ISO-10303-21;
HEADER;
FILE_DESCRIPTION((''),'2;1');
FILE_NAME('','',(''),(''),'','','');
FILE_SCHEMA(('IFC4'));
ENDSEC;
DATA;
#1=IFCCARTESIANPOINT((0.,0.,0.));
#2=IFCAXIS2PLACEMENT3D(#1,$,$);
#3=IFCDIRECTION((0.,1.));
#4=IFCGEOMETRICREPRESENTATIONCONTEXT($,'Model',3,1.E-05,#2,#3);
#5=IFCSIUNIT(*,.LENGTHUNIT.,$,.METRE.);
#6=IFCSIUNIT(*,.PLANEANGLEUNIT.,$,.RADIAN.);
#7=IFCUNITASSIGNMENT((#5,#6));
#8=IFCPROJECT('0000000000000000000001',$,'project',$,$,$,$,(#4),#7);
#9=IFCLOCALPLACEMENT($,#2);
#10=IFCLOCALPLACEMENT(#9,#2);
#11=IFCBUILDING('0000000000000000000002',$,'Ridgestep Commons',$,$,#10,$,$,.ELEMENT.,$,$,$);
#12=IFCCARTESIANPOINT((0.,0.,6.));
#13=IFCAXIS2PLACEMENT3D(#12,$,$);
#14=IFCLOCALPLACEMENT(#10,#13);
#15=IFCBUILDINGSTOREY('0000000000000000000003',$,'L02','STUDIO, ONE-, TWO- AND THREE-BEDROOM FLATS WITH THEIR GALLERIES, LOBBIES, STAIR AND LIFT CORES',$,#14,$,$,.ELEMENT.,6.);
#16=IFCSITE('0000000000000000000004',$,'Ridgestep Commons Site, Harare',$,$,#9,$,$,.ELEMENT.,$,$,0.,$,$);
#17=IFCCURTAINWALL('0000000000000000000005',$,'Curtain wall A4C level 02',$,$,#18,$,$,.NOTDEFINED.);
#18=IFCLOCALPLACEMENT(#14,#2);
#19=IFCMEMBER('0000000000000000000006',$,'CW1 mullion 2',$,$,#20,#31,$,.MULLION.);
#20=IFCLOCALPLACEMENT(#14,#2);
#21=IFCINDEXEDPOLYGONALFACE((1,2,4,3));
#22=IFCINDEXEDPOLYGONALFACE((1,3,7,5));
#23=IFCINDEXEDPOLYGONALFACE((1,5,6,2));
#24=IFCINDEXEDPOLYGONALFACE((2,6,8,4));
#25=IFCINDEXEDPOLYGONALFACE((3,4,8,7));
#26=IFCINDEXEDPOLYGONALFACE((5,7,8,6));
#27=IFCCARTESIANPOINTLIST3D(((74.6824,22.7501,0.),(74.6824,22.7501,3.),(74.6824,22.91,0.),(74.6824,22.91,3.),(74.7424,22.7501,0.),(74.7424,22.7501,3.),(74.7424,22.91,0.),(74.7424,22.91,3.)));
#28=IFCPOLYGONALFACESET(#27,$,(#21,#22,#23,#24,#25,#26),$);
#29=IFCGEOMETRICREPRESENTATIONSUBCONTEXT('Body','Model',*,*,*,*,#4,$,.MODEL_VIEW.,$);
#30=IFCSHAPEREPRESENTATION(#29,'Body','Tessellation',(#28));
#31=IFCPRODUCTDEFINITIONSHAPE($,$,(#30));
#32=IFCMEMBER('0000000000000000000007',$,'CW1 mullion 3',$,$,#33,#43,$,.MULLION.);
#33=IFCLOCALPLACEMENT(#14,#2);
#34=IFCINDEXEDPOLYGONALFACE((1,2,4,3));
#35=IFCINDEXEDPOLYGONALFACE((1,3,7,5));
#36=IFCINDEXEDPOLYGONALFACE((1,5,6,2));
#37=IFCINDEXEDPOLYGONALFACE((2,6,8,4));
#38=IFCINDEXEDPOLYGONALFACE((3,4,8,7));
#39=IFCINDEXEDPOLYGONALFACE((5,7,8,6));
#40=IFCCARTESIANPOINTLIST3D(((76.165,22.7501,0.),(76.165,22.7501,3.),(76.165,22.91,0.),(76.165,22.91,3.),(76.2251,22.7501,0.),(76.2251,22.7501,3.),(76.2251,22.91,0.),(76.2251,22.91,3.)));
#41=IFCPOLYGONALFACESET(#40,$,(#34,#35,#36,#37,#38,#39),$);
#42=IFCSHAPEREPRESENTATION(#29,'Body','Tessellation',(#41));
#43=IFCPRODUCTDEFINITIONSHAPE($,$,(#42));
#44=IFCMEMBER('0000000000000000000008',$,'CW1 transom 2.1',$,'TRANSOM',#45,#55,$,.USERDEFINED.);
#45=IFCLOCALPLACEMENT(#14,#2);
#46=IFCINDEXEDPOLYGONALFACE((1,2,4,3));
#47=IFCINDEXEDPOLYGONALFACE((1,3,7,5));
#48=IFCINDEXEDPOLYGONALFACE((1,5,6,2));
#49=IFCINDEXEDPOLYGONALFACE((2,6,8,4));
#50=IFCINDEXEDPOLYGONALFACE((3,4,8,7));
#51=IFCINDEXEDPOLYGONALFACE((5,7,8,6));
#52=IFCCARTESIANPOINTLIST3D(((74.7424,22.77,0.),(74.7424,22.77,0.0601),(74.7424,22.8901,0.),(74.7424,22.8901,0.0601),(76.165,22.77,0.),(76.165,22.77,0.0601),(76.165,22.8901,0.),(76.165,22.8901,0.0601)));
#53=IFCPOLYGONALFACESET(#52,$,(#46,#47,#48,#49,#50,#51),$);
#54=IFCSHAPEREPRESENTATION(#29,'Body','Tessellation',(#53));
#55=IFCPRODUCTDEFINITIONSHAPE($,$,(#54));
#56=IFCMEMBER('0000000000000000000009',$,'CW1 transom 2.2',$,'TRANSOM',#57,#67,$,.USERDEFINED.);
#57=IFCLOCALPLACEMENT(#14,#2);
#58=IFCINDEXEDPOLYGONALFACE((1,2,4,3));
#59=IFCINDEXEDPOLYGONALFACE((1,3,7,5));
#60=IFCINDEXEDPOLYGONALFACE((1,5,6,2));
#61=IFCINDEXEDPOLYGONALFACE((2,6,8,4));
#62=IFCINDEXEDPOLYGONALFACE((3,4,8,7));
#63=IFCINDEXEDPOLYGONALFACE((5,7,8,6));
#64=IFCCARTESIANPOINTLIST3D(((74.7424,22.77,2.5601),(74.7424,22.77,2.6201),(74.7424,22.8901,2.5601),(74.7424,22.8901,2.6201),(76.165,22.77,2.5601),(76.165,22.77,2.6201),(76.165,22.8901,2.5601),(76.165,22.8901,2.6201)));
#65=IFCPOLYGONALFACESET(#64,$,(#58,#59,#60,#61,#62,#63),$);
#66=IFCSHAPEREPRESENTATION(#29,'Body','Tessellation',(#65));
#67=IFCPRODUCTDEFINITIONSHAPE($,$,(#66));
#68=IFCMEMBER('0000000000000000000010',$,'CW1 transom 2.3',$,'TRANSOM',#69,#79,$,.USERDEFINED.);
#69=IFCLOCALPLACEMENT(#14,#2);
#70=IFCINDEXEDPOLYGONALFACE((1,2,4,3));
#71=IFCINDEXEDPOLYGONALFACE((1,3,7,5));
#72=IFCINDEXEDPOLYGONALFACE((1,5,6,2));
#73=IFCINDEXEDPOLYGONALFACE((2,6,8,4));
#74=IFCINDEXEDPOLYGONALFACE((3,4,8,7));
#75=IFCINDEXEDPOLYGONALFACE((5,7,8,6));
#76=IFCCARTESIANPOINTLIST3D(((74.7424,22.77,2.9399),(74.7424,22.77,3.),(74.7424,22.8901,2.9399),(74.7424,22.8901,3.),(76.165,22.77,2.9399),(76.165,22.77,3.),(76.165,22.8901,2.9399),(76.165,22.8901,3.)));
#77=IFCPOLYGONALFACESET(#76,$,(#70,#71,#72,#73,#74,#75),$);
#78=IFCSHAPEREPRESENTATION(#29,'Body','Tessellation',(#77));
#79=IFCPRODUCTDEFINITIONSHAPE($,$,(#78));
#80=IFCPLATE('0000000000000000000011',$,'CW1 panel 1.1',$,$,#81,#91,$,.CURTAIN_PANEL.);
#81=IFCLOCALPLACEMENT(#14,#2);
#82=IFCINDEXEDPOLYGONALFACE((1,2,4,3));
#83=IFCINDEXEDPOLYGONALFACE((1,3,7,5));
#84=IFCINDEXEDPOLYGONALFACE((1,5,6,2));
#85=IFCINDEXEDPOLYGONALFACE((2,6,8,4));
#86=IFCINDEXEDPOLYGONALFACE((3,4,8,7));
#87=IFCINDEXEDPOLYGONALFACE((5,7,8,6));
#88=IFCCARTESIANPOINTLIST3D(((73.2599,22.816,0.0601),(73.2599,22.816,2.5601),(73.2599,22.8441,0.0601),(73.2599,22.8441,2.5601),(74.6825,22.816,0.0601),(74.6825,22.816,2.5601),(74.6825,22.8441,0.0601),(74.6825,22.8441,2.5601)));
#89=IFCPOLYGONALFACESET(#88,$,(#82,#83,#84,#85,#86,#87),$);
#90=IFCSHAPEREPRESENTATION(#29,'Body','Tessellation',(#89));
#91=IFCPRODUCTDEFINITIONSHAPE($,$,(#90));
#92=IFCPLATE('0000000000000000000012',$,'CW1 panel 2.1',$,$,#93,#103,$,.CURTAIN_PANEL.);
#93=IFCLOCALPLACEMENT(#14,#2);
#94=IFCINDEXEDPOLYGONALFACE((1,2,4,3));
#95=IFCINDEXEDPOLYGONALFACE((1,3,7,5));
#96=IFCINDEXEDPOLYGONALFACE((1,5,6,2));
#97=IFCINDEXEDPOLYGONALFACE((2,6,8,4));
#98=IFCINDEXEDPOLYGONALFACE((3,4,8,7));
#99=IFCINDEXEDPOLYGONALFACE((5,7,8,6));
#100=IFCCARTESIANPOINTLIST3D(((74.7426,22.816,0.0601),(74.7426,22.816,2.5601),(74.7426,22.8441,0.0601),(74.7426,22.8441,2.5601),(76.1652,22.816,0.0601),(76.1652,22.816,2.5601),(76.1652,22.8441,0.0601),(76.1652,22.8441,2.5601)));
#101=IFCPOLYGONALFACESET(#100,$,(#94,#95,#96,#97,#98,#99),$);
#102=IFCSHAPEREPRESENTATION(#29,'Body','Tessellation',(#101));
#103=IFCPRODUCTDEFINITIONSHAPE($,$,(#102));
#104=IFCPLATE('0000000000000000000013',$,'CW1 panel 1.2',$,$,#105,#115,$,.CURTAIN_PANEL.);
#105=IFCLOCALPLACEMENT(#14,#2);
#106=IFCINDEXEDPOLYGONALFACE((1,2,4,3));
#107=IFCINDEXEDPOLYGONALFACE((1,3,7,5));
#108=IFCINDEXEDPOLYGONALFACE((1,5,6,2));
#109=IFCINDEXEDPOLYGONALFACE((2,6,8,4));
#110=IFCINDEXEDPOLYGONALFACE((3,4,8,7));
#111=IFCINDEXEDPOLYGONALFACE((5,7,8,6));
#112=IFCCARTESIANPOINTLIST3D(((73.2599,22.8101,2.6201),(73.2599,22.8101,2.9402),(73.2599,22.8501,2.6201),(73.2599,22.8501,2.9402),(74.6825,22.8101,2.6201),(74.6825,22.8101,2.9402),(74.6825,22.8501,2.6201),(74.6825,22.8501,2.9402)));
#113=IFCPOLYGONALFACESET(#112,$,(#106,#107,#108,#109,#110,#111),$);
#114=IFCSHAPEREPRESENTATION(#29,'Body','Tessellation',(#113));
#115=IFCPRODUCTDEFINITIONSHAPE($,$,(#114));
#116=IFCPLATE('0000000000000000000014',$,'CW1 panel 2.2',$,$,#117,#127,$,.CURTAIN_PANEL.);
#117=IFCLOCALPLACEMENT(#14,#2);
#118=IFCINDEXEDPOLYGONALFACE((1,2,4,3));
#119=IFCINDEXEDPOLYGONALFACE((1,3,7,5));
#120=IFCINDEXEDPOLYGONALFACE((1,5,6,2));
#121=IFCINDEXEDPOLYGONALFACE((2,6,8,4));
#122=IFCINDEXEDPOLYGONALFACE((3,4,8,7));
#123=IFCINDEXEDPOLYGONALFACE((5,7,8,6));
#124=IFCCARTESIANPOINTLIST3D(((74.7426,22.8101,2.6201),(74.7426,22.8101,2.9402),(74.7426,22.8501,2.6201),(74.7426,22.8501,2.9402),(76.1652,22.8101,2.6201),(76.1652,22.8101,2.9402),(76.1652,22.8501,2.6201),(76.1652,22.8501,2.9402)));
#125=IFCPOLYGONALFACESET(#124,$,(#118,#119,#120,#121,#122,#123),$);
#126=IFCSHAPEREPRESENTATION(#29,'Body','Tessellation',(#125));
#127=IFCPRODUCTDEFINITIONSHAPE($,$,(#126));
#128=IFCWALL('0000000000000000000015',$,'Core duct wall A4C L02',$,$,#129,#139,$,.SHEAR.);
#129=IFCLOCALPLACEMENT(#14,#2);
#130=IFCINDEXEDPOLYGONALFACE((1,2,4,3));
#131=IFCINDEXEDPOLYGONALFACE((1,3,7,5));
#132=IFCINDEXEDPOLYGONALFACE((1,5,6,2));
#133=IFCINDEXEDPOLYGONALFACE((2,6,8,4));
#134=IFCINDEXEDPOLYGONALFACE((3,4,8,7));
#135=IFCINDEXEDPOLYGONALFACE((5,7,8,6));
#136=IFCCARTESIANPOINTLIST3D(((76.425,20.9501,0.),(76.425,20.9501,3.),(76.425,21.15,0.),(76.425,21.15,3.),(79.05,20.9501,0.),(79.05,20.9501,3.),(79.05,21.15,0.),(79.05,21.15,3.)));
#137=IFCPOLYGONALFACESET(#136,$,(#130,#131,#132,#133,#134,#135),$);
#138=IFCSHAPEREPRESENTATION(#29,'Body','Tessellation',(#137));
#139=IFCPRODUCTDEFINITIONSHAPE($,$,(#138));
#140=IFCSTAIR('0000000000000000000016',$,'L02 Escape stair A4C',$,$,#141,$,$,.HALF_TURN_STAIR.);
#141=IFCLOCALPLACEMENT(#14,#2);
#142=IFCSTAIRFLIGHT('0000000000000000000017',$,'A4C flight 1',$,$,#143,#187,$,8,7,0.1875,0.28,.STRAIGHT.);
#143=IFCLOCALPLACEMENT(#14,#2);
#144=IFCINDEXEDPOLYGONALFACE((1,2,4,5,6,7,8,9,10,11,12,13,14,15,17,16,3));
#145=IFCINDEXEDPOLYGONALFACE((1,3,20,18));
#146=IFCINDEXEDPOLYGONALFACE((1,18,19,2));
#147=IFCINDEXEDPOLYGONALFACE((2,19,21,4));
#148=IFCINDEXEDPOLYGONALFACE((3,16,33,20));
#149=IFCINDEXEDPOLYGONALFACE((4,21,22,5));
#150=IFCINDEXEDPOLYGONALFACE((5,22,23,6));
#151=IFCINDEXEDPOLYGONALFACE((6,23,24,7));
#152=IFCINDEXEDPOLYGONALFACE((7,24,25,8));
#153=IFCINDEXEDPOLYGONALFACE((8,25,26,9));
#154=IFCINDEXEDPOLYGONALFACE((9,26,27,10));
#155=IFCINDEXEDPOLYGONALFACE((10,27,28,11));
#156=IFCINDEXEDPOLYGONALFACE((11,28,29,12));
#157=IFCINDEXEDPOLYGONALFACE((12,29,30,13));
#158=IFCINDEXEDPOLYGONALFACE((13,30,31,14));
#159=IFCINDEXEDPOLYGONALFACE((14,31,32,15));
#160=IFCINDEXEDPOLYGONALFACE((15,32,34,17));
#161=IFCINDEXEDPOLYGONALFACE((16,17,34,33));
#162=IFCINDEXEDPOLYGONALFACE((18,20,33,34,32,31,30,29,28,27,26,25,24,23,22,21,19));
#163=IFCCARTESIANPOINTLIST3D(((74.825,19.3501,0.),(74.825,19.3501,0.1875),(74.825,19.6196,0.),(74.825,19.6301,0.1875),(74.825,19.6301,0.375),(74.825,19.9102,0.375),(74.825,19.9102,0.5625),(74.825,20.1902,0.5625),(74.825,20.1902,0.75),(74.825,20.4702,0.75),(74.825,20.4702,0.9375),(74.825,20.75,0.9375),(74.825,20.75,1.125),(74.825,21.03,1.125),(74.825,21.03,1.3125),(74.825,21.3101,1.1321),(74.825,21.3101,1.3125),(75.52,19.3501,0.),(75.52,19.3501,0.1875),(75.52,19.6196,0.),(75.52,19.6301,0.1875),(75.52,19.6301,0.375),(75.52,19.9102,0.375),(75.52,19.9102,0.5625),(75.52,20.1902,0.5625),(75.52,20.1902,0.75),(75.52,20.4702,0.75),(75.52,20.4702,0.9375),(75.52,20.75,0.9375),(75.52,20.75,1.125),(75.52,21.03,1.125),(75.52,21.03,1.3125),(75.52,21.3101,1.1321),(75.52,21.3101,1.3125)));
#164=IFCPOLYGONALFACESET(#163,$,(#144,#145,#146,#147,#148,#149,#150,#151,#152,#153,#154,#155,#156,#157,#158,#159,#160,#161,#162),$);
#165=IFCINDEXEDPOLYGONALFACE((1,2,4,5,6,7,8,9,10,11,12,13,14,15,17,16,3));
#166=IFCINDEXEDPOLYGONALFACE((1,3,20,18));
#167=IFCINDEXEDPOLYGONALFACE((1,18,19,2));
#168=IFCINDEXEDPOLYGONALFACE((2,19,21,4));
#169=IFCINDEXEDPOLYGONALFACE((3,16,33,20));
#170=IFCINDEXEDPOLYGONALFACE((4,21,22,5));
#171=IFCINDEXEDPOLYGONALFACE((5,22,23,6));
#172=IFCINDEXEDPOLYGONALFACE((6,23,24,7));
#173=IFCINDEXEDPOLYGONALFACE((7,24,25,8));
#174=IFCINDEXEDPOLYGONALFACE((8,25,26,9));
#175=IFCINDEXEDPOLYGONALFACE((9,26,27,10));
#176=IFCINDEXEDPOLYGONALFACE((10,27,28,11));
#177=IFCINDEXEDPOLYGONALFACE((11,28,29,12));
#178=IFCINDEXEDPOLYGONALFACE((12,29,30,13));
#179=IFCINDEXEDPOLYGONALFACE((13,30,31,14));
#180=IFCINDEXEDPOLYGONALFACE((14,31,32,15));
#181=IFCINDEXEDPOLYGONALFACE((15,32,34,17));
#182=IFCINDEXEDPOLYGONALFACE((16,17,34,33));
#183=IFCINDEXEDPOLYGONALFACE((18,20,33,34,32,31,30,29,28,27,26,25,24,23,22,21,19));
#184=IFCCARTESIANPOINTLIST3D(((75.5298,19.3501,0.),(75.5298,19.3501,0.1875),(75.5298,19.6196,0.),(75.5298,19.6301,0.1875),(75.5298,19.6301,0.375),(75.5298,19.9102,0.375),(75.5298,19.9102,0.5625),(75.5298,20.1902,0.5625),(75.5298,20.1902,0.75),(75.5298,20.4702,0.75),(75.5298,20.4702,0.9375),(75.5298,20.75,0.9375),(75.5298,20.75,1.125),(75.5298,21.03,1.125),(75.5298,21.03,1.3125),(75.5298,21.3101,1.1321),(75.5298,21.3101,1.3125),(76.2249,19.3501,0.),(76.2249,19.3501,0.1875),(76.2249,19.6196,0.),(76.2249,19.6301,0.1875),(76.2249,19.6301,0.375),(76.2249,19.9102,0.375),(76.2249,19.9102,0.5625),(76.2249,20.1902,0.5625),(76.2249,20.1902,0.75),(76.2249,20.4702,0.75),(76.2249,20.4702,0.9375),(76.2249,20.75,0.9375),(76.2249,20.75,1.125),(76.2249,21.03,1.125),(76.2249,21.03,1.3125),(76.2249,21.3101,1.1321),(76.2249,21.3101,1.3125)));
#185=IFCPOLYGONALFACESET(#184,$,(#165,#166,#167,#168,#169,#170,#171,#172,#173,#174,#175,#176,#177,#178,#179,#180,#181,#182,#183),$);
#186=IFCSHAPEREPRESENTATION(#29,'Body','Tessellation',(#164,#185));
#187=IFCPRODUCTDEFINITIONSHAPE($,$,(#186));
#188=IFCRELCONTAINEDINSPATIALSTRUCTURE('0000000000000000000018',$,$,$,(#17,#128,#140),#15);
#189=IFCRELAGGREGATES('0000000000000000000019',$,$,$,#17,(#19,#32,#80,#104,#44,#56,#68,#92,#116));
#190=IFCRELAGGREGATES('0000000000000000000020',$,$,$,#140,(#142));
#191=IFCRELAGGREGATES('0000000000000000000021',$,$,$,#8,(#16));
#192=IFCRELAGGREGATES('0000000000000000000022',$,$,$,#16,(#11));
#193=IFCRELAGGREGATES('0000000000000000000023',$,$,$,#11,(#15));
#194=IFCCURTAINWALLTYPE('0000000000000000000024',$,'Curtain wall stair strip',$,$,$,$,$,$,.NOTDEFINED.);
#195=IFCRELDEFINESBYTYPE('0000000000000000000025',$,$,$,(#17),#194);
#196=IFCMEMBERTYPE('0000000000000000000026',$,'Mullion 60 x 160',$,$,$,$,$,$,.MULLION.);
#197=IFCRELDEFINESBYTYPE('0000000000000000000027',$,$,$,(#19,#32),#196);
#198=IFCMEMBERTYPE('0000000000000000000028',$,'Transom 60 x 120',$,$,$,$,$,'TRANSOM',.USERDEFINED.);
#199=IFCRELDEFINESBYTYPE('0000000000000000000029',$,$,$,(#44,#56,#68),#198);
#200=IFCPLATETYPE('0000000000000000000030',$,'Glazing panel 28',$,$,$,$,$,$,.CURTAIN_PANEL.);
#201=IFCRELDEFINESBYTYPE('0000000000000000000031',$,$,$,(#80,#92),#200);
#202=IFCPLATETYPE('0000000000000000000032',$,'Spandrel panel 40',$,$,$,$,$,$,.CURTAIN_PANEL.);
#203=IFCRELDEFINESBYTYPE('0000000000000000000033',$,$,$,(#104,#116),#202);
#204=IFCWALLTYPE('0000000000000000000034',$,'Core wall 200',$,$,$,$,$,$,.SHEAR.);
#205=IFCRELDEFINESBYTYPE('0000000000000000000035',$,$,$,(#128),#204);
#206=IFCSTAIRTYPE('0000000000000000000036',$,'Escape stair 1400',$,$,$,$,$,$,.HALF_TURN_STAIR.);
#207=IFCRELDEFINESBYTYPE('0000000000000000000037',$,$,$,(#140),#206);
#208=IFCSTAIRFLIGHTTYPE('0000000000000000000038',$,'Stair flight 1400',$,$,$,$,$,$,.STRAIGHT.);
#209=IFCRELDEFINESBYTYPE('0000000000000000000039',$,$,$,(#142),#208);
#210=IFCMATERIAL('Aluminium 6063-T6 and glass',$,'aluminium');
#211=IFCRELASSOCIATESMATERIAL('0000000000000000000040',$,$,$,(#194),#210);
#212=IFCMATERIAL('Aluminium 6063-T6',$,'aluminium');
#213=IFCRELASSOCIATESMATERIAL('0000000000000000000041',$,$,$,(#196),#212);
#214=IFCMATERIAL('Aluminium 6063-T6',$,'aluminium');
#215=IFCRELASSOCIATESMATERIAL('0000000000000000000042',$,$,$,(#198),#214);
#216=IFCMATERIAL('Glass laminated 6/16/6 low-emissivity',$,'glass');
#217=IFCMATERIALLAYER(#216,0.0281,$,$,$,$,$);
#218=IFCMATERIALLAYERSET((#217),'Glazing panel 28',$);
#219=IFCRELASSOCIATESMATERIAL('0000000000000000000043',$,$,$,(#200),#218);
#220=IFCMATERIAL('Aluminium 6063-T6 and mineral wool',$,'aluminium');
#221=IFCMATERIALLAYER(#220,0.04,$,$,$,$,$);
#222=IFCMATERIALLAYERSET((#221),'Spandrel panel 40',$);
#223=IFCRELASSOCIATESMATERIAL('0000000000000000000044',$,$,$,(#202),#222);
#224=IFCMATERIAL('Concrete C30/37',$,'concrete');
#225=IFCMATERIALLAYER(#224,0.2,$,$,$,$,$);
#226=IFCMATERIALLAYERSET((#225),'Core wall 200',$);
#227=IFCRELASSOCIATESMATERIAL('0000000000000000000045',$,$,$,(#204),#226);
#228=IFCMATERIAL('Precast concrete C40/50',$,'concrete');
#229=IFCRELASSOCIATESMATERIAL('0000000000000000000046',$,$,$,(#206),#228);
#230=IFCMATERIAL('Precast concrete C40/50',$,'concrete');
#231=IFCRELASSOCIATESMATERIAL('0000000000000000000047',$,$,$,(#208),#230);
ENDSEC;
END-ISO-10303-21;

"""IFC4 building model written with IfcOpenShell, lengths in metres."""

from ifc_helpers import new_model, si_unit, direction, frame, frame_2d, origin, origin_2d, place, context, subcontext, project, spatial, polyline, rectangle, outline, extrude, material, layer, layer_set, material_profile, profile_set, type_object, element, aggregate, save


model = new_model("IFC4")

# Units and contexts
model_context = context("Model", 3, precision=1e-05, world=origin(), true_north=direction((0.0, 1.0)))
body_context = subcontext(model_context, "Body", "Model", "MODEL_VIEW")
ifc_project = project(units=[si_unit("LENGTHUNIT", "METRE"), si_unit("PLANEANGLEUNIT", "RADIAN")], contexts=[model_context])

# Site, building, storey
site_placement = place(None, origin())
site = spatial("IfcSite", under=ifc_project, at=site_placement, Name="Ridgestep Commons Site, Harare", CompositionType="ELEMENT", RefElevation=0.0)
building_placement = place(site_placement, origin())
building = spatial("IfcBuilding", under=site, at=building_placement, Name="Ridgestep Commons", CompositionType="ELEMENT")
storey_placement = place(building_placement, frame((0.0, 0.0, 6.0)))
storey = spatial("IfcBuildingStorey", under=building, at=storey_placement, Name="L02", Description="STUDIO, ONE-, TWO- AND THREE-BEDROOM FLATS WITH THEIR GALLERIES, LOBBIES, STAIR AND LIFT CORES", CompositionType="ELEMENT", Elevation=6.0)

# Curtain wall, members, plates
ifc_material_1 = material(Name="Aluminium 6063-T6 and glass", Category="aluminium")
curtain_wall_type = type_object("IfcCurtainWallType", Name="Curtain wall stair strip", PredefinedType="NOTDEFINED", material=ifc_material_1)
curtain_wall_placement = place(storey_placement, origin())
curtain_wall = element("IfcCurtainWall", 1, at=curtain_wall_placement, inside=storey, type_object=curtain_wall_type, Name="Curtain wall A4C level 02", PredefinedType="NOTDEFINED")
ifc_material_2 = material(Name="Aluminium 6063-T6", Category="aluminium")
ifc_material_profile_1 = material_profile(ifc_material_2, rectangle(XDim=0.1599, YDim=0.0601, at=origin_2d()), Name="Mullion 60 x 160")
ifc_profile_set_1 = profile_set([ifc_material_profile_1], Name="Aluminium 6063-T6")
member_type_1 = type_object("IfcMemberType", Name="Mullion 60 x 160", PredefinedType="MULLION", material=ifc_profile_set_1)
member_1_placement = place(storey_placement, frame((74.7124, 22.8301, 0.0), z_axis=(0.0, 0.0, 1.0), x_axis=(0.0, 1.0, 0.0)))
member_1 = element("IfcMember", 2, at=member_1_placement, type_object=member_type_1, Name="CW1 mullion 2", PredefinedType="MULLION", context=body_context, shape_type="SweptSolid", body=[
    extrude(rectangle(XDim=0.1599, YDim=0.0601, at=origin_2d()), origin(), (0.0, 0.0, 1.0), 3.0),
])
member_2_placement = place(storey_placement, frame((76.1951, 22.8301, 0.0), z_axis=(0.0, 0.0, 1.0), x_axis=(0.0, 1.0, 0.0)))
member_2 = element("IfcMember", 3, at=member_2_placement, type_object=member_type_1, Name="CW1 mullion 3", PredefinedType="MULLION", context=body_context, shape_type="SweptSolid", body=[
    extrude(rectangle(XDim=0.1599, YDim=0.0601, at=origin_2d()), origin(), (0.0, 0.0, 1.0), 3.0),
])
ifc_material_3 = material(Name="Aluminium 6063-T6", Category="aluminium")
ifc_material_profile_2 = material_profile(ifc_material_3, rectangle(XDim=0.1201, YDim=0.0601, at=origin_2d()), Name="Transom 60 x 120")
ifc_profile_set_2 = profile_set([ifc_material_profile_2], Name="Aluminium 6063-T6")
member_type_2 = type_object("IfcMemberType", Name="Transom 60 x 120", ElementType="TRANSOM", PredefinedType="USERDEFINED", material=ifc_profile_set_2)
member_3_placement = place(storey_placement, frame((74.7424, 22.8301, 0.03), z_axis=(1.0, 0.0, 0.0), x_axis=(0.0, 1.0, 0.0)))
member_3 = element("IfcMember", 4, at=member_3_placement, type_object=member_type_2, Name="CW1 transom 2.1", ObjectType="TRANSOM", PredefinedType="USERDEFINED", context=body_context, shape_type="SweptSolid", body=[
    extrude(rectangle(XDim=0.1201, YDim=0.0601, at=origin_2d()), origin(), (0.0, 0.0, 1.0), 1.4226),
])
member_4_placement = place(storey_placement, frame((74.7424, 22.8301, 2.5901), z_axis=(1.0, 0.0, 0.0), x_axis=(0.0, 1.0, 0.0)))
member_4 = element("IfcMember", 5, at=member_4_placement, type_object=member_type_2, Name="CW1 transom 2.2", ObjectType="TRANSOM", PredefinedType="USERDEFINED", context=body_context, shape_type="SweptSolid", body=[
    extrude(rectangle(XDim=0.1201, YDim=0.0601, at=origin_2d()), origin(), (0.0, 0.0, 1.0), 1.4226),
])
member_5_placement = place(storey_placement, frame((74.7424, 22.8301, 2.97), z_axis=(1.0, 0.0, 0.0), x_axis=(0.0, 1.0, 0.0)))
member_5 = element("IfcMember", 6, at=member_5_placement, type_object=member_type_2, Name="CW1 transom 2.3", ObjectType="TRANSOM", PredefinedType="USERDEFINED", context=body_context, shape_type="SweptSolid", body=[
    extrude(rectangle(XDim=0.1201, YDim=0.0601, at=origin_2d()), origin(), (0.0, 0.0, 1.0), 1.4226),
])
ifc_material_4 = material(Name="Glass laminated 6/16/6 low-emissivity", Category="glass")
ifc_layer_1 = layer(ifc_material_4, 0.0281)
ifc_layer_set_1 = layer_set([ifc_layer_1], Name="Glazing panel 28")
plate_type_1 = type_object("IfcPlateType", Name="Glazing panel 28", PredefinedType="CURTAIN_PANEL", material=ifc_layer_set_1)
plate_1_placement = place(storey_placement, frame((73.9712, 22.8301, 0.0601), z_axis=(0.0, 0.0, 1.0), x_axis=(1.0, 0.0, 0.0)))
plate_1 = element("IfcPlate", 7, at=plate_1_placement, type_object=plate_type_1, Name="CW1 panel 1.1", PredefinedType="CURTAIN_PANEL", context=body_context, shape_type="SweptSolid", body=[
    extrude(rectangle(XDim=1.4226, YDim=0.0281, at=origin_2d()), origin(), (0.0, 0.0, 1.0), 2.5),
])
plate_2_placement = place(storey_placement, frame((75.4539, 22.8301, 0.0601), z_axis=(0.0, 0.0, 1.0), x_axis=(1.0, 0.0, 0.0)))
plate_2 = element("IfcPlate", 8, at=plate_2_placement, type_object=plate_type_1, Name="CW1 panel 2.1", PredefinedType="CURTAIN_PANEL", context=body_context, shape_type="SweptSolid", body=[
    extrude(rectangle(XDim=1.4226, YDim=0.0281, at=origin_2d()), origin(), (0.0, 0.0, 1.0), 2.5),
])
ifc_material_5 = material(Name="Aluminium 6063-T6 and mineral wool", Category="aluminium")
ifc_layer_2 = layer(ifc_material_5, 0.04)
ifc_layer_set_2 = layer_set([ifc_layer_2], Name="Spandrel panel 40")
plate_type_2 = type_object("IfcPlateType", Name="Spandrel panel 40", PredefinedType="CURTAIN_PANEL", material=ifc_layer_set_2)
plate_3_placement = place(storey_placement, frame((73.9712, 22.8301, 2.6201), z_axis=(0.0, 0.0, 1.0), x_axis=(1.0, 0.0, 0.0)))
plate_3 = element("IfcPlate", 9, at=plate_3_placement, type_object=plate_type_2, Name="CW1 panel 1.2", PredefinedType="CURTAIN_PANEL", context=body_context, shape_type="SweptSolid", body=[
    extrude(rectangle(XDim=1.4226, YDim=0.04, at=origin_2d()), origin(), (0.0, 0.0, 1.0), 0.3201),
])
plate_4_placement = place(storey_placement, frame((75.4539, 22.8301, 2.6201), z_axis=(0.0, 0.0, 1.0), x_axis=(1.0, 0.0, 0.0)))
plate_4 = element("IfcPlate", 10, at=plate_4_placement, type_object=plate_type_2, Name="CW1 panel 2.2", PredefinedType="CURTAIN_PANEL", context=body_context, shape_type="SweptSolid", body=[
    extrude(rectangle(XDim=1.4226, YDim=0.04, at=origin_2d()), origin(), (0.0, 0.0, 1.0), 0.3201),
])
aggregate(curtain_wall, [member_1, member_2, plate_1, plate_3, member_3, member_4, member_5, plate_2, plate_4])

# Wall
ifc_material_6 = material(Name="Concrete C30/37", Category="concrete")
ifc_layer_3 = layer(ifc_material_6, 0.2)
ifc_layer_set_3 = layer_set([ifc_layer_3], Name="Core wall 200")
wall_type = type_object("IfcWallType", Name="Core wall 200", PredefinedType="SHEAR", material=ifc_layer_set_3)
wall_placement = place(storey_placement, frame((76.425, 21.05, 0.0), z_axis=(0.0, 0.0, 1.0), x_axis=(1.0, 0.0, 0.0)))
element("IfcWall", 11, at=wall_placement, inside=storey, type_object=wall_type, Name="Core duct wall A4C L02", PredefinedType="SHEAR", context=body_context, shape_type="SweptSolid", body=[
    extrude(rectangle(XDim=2.625, YDim=0.2, at=frame_2d((1.3125, 0.0))), origin(), (0.0, 0.0, 1.0), 3.0),
])

# Stair, stair flight
ifc_material_7 = material(Name="Precast concrete C40/50", Category="concrete")
stair_type = type_object("IfcStairType", Name="Escape stair 1400", PredefinedType="HALF_TURN_STAIR", material=ifc_material_7)
stair_placement = place(storey_placement, origin())
stair = element("IfcStair", 12, at=stair_placement, inside=storey, type_object=stair_type, Name="L02 Escape stair A4C", PredefinedType="HALF_TURN_STAIR")
ifc_material_8 = material(Name="Precast concrete C40/50", Category="concrete")
stair_flight_type = type_object("IfcStairFlightType", Name="Stair flight 1400", PredefinedType="STRAIGHT", material=ifc_material_8)
stair_flight_1_placement = place(storey_placement, frame((75.5249, 19.3501, 0.0), z_axis=(0.0, 0.0, 1.0), x_axis=(0.0, 1.0, 0.0)))
stair_flight_1 = element("IfcStairFlight", 13, at=stair_flight_1_placement, type_object=stair_flight_type, Name="A4C flight 1", NumberOfRisers=8, NumberOfTreads=7, PredefinedType="STRAIGHT", RiserHeight=0.1875, TreadLength=0.28, context=body_context, shape_type="SweptSolid", body=[
    extrude(outline(polyline([(0.0, 0.0), (0.0, 0.1875), (0.28, 0.1875), (0.28, 0.375), (0.5601, 0.375), (0.5601, 0.5625), (0.8401, 0.5625), (0.8401, 0.75), (1.1201, 0.75), (1.1201, 0.9375), (1.3999, 0.9375), (1.3999, 1.125), (1.6799, 1.125), (1.6799, 1.3125), (1.96, 1.3125), (1.96, 1.5), (1.96, 1.1321), (0.2695, 0.0), (0.0, 0.0)])), frame((0.0, 0.7, 0.0), z_axis=(0.0, -1.0, 0.0), x_axis=(1.0, 0.0, 0.0)), (0.0, 0.0, 1.0), 0.6951),
    extrude(outline(polyline([(0.0, 0.0), (0.0, 0.1875), (0.28, 0.1875), (0.28, 0.375), (0.5601, 0.375), (0.5601, 0.5625), (0.8401, 0.5625), (0.8401, 0.75), (1.1201, 0.75), (1.1201, 0.9375), (1.3999, 0.9375), (1.3999, 1.125), (1.6799, 1.125), (1.6799, 1.3125), (1.96, 1.3125), (1.96, 1.5), (1.96, 1.1321), (0.2695, 0.0), (0.0, 0.0)])), frame((0.0, -0.0049, 0.0), z_axis=(0.0, -1.0, 0.0), x_axis=(1.0, 0.0, 0.0)), (0.0, 0.0, 1.0), 0.6951),
])
aggregate(stair, [stair_flight_1])

save(model, "model.ifc")
